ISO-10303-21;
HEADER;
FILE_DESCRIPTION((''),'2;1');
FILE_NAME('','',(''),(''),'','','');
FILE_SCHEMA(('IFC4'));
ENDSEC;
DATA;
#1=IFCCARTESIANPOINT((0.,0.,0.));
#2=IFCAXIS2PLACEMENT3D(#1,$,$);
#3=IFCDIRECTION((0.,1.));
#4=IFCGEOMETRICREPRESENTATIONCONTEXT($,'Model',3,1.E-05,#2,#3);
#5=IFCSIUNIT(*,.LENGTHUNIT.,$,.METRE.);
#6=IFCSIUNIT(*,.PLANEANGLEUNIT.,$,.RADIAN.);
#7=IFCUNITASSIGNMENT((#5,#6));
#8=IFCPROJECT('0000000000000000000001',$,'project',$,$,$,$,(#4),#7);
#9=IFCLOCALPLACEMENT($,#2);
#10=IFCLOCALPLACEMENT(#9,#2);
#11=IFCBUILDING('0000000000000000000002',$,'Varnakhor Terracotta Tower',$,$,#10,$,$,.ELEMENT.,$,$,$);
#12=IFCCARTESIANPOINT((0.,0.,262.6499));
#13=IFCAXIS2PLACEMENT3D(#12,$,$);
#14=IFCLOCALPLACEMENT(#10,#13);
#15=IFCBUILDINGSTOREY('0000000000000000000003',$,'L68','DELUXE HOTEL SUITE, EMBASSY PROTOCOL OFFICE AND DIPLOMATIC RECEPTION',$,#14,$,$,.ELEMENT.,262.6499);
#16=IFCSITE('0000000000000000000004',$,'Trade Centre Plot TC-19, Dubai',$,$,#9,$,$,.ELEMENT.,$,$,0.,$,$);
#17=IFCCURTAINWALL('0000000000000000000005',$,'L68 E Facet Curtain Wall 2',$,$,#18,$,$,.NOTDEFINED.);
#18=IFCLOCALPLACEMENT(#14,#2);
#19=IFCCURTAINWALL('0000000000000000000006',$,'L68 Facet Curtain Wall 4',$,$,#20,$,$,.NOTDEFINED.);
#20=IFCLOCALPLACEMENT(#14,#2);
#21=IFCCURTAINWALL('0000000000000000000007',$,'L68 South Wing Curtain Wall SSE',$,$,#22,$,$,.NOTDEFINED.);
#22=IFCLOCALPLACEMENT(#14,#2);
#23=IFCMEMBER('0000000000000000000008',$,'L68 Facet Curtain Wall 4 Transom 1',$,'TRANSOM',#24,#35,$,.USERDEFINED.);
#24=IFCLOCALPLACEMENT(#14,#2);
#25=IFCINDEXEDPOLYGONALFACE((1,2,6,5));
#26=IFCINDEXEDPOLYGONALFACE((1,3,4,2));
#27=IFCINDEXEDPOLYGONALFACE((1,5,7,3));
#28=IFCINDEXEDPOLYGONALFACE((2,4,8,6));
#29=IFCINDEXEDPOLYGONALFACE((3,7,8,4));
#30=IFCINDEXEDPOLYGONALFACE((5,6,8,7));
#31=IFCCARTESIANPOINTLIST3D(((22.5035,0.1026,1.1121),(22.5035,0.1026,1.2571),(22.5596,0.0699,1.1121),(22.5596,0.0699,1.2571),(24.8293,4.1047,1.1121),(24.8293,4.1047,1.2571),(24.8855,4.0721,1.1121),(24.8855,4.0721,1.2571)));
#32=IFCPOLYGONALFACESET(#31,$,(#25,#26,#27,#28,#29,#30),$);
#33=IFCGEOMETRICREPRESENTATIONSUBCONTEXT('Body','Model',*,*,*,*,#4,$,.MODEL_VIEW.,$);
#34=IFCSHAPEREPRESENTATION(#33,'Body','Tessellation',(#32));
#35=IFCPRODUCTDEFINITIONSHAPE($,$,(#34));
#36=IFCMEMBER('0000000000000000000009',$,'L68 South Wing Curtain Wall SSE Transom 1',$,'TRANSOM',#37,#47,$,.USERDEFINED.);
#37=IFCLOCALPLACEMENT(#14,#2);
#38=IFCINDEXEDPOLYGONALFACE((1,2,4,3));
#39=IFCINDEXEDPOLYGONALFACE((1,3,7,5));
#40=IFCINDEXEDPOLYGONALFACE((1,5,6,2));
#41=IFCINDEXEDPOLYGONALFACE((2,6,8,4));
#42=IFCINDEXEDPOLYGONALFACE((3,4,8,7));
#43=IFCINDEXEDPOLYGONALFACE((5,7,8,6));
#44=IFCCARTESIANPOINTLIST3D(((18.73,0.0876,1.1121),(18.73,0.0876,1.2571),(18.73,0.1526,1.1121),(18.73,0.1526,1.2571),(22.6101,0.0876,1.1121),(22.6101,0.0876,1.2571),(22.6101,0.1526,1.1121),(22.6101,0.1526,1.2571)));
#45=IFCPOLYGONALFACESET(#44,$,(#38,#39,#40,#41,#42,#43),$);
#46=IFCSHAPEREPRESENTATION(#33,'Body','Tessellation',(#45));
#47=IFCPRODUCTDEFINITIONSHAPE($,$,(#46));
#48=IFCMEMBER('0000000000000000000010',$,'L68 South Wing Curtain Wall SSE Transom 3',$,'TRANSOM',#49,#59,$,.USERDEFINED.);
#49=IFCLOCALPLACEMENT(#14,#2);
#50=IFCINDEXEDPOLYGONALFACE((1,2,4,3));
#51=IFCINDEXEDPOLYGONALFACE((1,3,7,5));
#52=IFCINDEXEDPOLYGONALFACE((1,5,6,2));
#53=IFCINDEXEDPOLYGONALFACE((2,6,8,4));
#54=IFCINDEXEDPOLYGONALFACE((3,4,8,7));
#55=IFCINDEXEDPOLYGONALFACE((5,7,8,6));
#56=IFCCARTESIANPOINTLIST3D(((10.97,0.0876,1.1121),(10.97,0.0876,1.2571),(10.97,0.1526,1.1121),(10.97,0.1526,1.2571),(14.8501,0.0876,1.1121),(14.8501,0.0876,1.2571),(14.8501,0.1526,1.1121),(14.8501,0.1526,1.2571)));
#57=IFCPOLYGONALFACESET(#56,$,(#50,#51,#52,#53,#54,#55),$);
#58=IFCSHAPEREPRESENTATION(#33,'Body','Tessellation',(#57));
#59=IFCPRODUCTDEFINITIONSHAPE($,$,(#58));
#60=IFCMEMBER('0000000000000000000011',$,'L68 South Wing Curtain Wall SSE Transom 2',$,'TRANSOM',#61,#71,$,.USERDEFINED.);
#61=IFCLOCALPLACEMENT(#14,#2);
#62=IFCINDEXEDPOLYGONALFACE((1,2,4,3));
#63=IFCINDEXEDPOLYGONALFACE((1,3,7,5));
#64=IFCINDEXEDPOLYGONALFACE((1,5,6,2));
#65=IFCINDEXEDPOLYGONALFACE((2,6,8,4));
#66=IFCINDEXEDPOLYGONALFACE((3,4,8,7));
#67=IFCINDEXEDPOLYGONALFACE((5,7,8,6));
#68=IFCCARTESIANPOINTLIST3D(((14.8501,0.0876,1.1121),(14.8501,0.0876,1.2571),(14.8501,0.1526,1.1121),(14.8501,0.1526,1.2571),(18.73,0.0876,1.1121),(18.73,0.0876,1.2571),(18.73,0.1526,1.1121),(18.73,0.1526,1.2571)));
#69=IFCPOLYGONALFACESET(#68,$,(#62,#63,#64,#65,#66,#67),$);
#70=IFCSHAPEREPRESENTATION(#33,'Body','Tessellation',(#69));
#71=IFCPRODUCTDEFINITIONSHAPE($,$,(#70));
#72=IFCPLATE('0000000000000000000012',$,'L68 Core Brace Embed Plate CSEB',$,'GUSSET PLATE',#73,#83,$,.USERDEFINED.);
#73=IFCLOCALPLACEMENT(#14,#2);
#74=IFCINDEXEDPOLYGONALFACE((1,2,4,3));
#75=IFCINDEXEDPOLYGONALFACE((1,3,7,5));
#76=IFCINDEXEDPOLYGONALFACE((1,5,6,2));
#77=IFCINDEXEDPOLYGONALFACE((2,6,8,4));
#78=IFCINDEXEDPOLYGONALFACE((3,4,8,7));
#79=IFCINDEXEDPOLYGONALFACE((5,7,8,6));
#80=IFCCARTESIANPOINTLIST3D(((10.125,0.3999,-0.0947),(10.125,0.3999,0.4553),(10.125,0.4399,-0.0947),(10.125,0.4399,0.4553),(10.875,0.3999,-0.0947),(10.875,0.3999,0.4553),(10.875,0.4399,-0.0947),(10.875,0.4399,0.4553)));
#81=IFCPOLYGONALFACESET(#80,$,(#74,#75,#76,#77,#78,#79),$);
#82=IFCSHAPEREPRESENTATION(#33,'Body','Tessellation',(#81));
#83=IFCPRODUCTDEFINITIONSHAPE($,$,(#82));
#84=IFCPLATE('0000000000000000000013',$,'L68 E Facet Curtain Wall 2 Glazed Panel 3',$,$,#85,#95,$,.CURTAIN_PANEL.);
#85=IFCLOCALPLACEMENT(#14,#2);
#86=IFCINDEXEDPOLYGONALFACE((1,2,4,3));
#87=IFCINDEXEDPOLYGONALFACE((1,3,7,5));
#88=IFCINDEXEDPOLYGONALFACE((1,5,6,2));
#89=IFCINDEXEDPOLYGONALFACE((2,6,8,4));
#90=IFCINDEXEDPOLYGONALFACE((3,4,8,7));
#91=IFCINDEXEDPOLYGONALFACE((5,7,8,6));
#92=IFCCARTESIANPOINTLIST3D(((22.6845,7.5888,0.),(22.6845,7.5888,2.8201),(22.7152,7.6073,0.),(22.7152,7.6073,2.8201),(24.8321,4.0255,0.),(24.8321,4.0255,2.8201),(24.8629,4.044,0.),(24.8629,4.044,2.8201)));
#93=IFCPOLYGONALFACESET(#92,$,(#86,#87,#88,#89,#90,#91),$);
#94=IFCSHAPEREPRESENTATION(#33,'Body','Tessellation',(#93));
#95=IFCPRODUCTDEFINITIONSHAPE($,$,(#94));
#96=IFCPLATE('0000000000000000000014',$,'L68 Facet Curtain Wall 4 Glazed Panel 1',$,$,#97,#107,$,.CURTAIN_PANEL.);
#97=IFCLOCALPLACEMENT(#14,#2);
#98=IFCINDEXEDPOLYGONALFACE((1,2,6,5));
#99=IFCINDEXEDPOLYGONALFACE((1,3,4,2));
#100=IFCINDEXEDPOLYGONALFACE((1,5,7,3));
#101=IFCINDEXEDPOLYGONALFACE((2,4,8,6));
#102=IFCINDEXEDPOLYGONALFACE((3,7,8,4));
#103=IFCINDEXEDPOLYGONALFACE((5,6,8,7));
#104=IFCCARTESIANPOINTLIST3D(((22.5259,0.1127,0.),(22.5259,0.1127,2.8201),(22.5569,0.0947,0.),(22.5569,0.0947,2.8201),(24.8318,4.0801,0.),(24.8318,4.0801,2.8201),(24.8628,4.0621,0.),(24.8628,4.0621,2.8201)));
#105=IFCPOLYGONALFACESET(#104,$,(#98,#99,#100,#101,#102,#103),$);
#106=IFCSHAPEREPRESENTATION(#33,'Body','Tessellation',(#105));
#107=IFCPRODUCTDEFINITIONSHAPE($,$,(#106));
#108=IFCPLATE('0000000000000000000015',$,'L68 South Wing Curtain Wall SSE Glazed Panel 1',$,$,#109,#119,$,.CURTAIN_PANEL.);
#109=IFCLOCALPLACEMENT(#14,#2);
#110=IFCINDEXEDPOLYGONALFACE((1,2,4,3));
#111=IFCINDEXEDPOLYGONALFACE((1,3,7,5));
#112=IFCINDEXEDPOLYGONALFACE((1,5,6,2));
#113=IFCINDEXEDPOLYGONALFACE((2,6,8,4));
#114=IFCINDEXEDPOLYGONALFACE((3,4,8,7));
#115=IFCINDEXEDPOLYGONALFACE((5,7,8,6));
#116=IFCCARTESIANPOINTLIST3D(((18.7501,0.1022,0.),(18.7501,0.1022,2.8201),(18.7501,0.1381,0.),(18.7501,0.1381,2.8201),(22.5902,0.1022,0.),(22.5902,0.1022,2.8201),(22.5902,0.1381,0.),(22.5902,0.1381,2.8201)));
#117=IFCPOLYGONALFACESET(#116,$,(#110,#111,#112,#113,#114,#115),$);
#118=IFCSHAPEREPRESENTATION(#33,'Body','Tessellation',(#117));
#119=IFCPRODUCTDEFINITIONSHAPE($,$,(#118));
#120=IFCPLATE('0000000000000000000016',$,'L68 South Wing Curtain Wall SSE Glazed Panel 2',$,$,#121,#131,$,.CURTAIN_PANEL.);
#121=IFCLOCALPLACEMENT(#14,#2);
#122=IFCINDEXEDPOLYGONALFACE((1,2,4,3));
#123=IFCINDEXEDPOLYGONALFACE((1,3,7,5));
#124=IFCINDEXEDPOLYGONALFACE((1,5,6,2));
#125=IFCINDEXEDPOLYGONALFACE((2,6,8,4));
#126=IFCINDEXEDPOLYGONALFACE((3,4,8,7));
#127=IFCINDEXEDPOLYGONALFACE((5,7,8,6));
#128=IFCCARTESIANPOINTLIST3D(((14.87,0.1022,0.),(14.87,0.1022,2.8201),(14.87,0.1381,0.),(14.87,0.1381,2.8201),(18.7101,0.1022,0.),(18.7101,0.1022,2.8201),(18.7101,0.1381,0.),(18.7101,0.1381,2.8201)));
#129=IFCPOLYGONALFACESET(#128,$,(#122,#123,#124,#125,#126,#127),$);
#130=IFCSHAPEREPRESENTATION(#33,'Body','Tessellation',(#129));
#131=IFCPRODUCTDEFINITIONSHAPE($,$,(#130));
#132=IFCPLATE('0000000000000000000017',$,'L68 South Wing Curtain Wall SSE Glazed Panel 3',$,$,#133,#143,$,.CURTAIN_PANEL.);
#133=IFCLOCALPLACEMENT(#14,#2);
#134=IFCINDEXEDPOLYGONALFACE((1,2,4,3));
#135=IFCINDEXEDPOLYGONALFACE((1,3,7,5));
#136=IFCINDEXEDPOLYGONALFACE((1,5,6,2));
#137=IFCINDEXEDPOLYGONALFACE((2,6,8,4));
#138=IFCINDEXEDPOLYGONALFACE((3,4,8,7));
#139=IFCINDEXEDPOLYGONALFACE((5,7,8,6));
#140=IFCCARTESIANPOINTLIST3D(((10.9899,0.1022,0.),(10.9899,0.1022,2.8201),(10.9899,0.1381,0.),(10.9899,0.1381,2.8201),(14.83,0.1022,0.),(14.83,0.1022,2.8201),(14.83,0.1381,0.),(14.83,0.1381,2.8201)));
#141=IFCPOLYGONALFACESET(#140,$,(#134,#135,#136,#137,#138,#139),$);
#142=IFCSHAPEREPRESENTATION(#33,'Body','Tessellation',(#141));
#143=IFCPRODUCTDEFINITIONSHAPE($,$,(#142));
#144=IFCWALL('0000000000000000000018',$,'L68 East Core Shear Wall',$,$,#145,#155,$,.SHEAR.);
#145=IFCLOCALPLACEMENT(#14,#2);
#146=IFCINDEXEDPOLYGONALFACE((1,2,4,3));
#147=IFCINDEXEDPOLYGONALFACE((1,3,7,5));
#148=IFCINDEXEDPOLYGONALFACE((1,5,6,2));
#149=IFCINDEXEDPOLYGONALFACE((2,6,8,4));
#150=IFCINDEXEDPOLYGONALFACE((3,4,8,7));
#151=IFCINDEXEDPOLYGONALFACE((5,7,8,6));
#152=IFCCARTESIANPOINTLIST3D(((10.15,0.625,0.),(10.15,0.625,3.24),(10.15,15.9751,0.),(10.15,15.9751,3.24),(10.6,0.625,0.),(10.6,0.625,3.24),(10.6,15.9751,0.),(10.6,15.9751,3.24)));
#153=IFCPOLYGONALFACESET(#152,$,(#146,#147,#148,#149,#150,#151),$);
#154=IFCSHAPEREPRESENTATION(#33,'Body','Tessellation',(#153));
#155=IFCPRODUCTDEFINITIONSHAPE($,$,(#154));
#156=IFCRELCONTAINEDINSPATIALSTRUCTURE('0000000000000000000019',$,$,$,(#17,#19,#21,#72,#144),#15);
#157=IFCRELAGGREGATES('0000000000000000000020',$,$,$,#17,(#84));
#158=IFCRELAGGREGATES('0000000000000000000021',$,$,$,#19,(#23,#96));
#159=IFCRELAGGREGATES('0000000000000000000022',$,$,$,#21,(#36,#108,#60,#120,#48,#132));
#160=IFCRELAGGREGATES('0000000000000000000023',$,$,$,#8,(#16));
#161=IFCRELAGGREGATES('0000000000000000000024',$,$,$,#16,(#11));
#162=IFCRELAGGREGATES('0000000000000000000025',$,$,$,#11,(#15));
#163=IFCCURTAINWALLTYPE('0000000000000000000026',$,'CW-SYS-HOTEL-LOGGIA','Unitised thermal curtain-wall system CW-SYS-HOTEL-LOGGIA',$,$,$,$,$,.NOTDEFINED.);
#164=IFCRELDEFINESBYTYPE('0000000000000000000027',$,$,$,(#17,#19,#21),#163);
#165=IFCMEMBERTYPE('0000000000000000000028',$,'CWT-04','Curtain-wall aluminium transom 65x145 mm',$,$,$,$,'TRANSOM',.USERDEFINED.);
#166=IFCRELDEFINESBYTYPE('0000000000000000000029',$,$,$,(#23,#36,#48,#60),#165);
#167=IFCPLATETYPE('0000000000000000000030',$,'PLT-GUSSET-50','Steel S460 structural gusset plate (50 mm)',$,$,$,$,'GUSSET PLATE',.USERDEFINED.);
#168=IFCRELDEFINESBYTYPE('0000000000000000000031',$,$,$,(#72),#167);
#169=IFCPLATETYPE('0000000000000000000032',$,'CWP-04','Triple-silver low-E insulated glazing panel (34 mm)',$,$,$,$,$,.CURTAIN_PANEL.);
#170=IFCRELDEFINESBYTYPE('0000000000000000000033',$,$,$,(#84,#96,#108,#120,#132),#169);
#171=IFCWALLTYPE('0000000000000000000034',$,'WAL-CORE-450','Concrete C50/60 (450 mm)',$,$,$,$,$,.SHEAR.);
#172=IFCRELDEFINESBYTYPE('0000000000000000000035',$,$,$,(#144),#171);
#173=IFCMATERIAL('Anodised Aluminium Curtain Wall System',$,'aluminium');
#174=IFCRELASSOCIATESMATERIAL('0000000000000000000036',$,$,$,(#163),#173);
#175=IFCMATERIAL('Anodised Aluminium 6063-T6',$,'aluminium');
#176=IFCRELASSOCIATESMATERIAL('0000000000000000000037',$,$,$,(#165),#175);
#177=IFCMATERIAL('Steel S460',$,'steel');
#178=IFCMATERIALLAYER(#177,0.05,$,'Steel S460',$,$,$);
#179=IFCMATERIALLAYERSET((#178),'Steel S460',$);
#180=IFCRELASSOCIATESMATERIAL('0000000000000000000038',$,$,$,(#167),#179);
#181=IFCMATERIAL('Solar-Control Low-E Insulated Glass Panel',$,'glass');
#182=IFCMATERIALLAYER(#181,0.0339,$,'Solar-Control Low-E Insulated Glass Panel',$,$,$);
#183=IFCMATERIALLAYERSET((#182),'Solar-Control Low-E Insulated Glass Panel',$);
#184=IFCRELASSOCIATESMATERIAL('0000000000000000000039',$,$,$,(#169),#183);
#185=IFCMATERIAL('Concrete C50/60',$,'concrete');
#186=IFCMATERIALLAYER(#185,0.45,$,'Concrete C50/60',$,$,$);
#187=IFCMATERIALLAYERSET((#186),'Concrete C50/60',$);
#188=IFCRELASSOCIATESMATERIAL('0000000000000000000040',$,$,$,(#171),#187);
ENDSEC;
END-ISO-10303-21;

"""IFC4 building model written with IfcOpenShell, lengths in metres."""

from ifc_helpers import new_model, si_unit, direction, frame, frame_2d, origin, origin_2d, place, context, subcontext, project, spatial, rectangle, extrude, source, transform, mapped, material, layer, layer_set, material_profile, profile_set, type_object, type_shapes, element, aggregate, save


model = new_model("IFC4")

# Units and contexts
model_context = context("Model", 3, precision=1e-05, world=origin(), true_north=direction((0.0, 1.0)))
body_context = subcontext(model_context, "Body", "Model", "MODEL_VIEW")
ifc_project = project(units=[si_unit("LENGTHUNIT", "METRE"), si_unit("PLANEANGLEUNIT", "RADIAN")], contexts=[model_context])

# Site, building, storey
site_placement = place(None, origin())
site = spatial("IfcSite", under=ifc_project, at=site_placement, Name="Trade Centre Plot TC-19, Dubai", CompositionType="ELEMENT", RefElevation=0.0)
building_placement = place(site_placement, origin())
building = spatial("IfcBuilding", under=site, at=building_placement, Name="Varnakhor Terracotta Tower", CompositionType="ELEMENT")
storey_placement = place(building_placement, frame((0.0, 0.0, 262.6499)))
storey = spatial("IfcBuildingStorey", under=building, at=storey_placement, Name="L68", Description="DELUXE HOTEL SUITE, EMBASSY PROTOCOL OFFICE AND DIPLOMATIC RECEPTION", CompositionType="ELEMENT", Elevation=262.6499)

# Shared definitions
ifc_material_1 = material(Name="Concrete C50/60", Category="concrete")

# Curtain walls
ifc_material_2 = material(Name="Anodised Aluminium Curtain Wall System", Category="aluminium")
curtain_wall_type = type_object("IfcCurtainWallType", Name="CW-SYS-HOTEL-LOGGIA", Description="Unitised thermal curtain-wall system CW-SYS-HOTEL-LOGGIA", PredefinedType="NOTDEFINED", material=ifc_material_2)
curtain_wall_1_placement = place(storey_placement, origin())
curtain_wall_1 = element("IfcCurtainWall", 1, at=curtain_wall_1_placement, inside=storey, type_object=curtain_wall_type, Name="L68 E Facet Curtain Wall 2", PredefinedType="NOTDEFINED")
ifc_material_3 = material(Name="Anodised Aluminium 6063-T6", Category="aluminium")
curtain_wall_2_placement = place(storey_placement, origin())
curtain_wall_2 = element("IfcCurtainWall", 2, at=curtain_wall_2_placement, inside=storey, type_object=curtain_wall_type, Name="L68 Facet Curtain Wall 4", PredefinedType="NOTDEFINED")

# Curtain wall
curtain_wall_3_placement = place(storey_placement, origin())
curtain_wall_3 = element("IfcCurtainWall", 3, at=curtain_wall_3_placement, inside=storey, type_object=curtain_wall_type, Name="L68 South Wing Curtain Wall SSE", PredefinedType="NOTDEFINED")

# Members
ifc_material_profile_1 = material_profile(ifc_material_3, rectangle(XDim=0.0649, YDim=0.145, at=origin_2d()), Name="ALU TRANSOM 65x145")
ifc_profile_set_1 = profile_set([ifc_material_profile_1], Name="Anodised Aluminium 6063-T6")
member_type_1 = type_object("IfcMemberType", Name="CWT-04", Description="Curtain-wall aluminium transom 65x145 mm", ElementType="TRANSOM", PredefinedType="USERDEFINED", material=ifc_profile_set_1)
shared_shape_1 = source(origin(), body_context, "Body", "SweptSolid", [
    extrude(rectangle(XDim=0.0649, YDim=0.145, at=origin_2d()), origin(), (0.0, 0.0, 1.0), 4.6289),
])
member_1_placement = place(storey_placement, frame((24.8574, 4.0884, 1.1846), z_axis=(-0.50247, -0.864595, 0.0), x_axis=(0.864595, -0.50247, 0.0)))
member_1 = element("IfcMember", 4, at=member_1_placement, type_object=member_type_1, Name="L68 Facet Curtain Wall 4 Transom 1", ObjectType="TRANSOM", PredefinedType="USERDEFINED", context=body_context, shape_type="MappedRepresentation", body=[
    mapped(shared_shape_1, transform((0.0, 0.0, 0.0), scale=1.0)),
])
shared_shape_2 = source(origin(), body_context, "Body", "SweptSolid", [
    extrude(rectangle(XDim=0.0649, YDim=0.145, at=origin_2d()), origin(), (0.0, 0.0, 1.0), 3.8801),
])
member_2_placement = place(storey_placement, frame((22.6101, 0.1201, 1.1846), z_axis=(-1.0, 0.0, 0.0), x_axis=(0.0, -1.0, 0.0)))
member_2 = element("IfcMember", 5, at=member_2_placement, type_object=member_type_1, Name="L68 South Wing Curtain Wall SSE Transom 1", ObjectType="TRANSOM", PredefinedType="USERDEFINED", context=body_context, shape_type="MappedRepresentation", body=[
    mapped(shared_shape_2, transform((0.0, 0.0, 0.0), scale=1.0)),
])
member_3_placement = place(storey_placement, frame((14.8501, 0.1201, 1.1846), z_axis=(-1.0, 0.0, 0.0), x_axis=(0.0, -1.0, 0.0)))
member_3 = element("IfcMember", 6, at=member_3_placement, type_object=member_type_1, Name="L68 South Wing Curtain Wall SSE Transom 3", ObjectType="TRANSOM", PredefinedType="USERDEFINED", context=body_context, shape_type="MappedRepresentation", body=[
    mapped(shared_shape_2, transform((0.0, 0.0, 0.0), scale=1.0)),
])
shared_shape_3 = source(origin(), body_context, "Body", "SweptSolid", [
    extrude(rectangle(XDim=0.0649, YDim=0.145, at=origin_2d()), origin(), (0.0, 0.0, 1.0), 3.8799),
])
member_4_placement = place(storey_placement, frame((18.73, 0.1201, 1.1846), z_axis=(-1.0, 0.0, 0.0), x_axis=(0.0, -1.0, 0.0)))
member_4 = element("IfcMember", 7, at=member_4_placement, type_object=member_type_1, Name="L68 South Wing Curtain Wall SSE Transom 2", ObjectType="TRANSOM", PredefinedType="USERDEFINED", context=body_context, shape_type="MappedRepresentation", body=[
    mapped(shared_shape_3, transform((0.0, 0.0, 0.0), scale=1.0)),
])

# Plates
ifc_material_4 = material(Name="Steel S460", Category="steel")
ifc_layer_1 = layer(ifc_material_4, 0.05, Name="Steel S460")
ifc_layer_set_1 = layer_set([ifc_layer_1], Name="Steel S460")
plate_type_1 = type_object("IfcPlateType", Name="PLT-GUSSET-50", Description="Steel S460 structural gusset plate (50 mm)", ElementType="GUSSET PLATE", PredefinedType="USERDEFINED", material=ifc_layer_set_1)
shared_shape_4 = source(origin(), body_context, "Body", "SweptSolid", [
    extrude(rectangle(XDim=0.75, YDim=0.04, at=origin_2d()), origin(), (0.0, 0.0, 1.0), 0.55),
])
type_shapes(plate_type_1, [shared_shape_4])
plate_1_placement = place(storey_placement, frame((10.5, 0.4199, -0.0947), z_axis=(0.0, 0.0, 1.0), x_axis=(1.0, 0.0, 0.0)))
element("IfcPlate", 8, at=plate_1_placement, inside=storey, type_object=plate_type_1, Name="L68 Core Brace Embed Plate CSEB", ObjectType="GUSSET PLATE", PredefinedType="USERDEFINED", context=body_context, shape_type="MappedRepresentation", body=[
    mapped(shared_shape_4, transform((0.0, 0.0, 0.0), scale=1.0)),
])
ifc_material_5 = material(Name="Solar-Control Low-E Insulated Glass Panel", Category="glass")
ifc_layer_2 = layer(ifc_material_5, 0.0339, Name="Solar-Control Low-E Insulated Glass Panel")
ifc_layer_set_2 = layer_set([ifc_layer_2], Name="Solar-Control Low-E Insulated Glass Panel")
plate_type_2 = type_object("IfcPlateType", Name="CWP-04", Description="Triple-silver low-E insulated glazing panel (34 mm)", PredefinedType="CURTAIN_PANEL", material=ifc_layer_set_2)
shared_shape_5 = source(origin(), body_context, "Body", "SweptSolid", [
    extrude(rectangle(XDim=4.1604, YDim=0.0359, at=origin_2d()), origin(), (0.0, 0.0, 1.0), 2.8201),
])
plate_2_placement = place(storey_placement, frame((23.7737, 5.8164, 0.0), z_axis=(0.0, 0.0, 1.0), x_axis=(0.516205, -0.856465, 0.0)))
plate_2 = element("IfcPlate", 9, at=plate_2_placement, type_object=plate_type_2, Name="L68 E Facet Curtain Wall 2 Glazed Panel 3", PredefinedType="CURTAIN_PANEL", context=body_context, shape_type="MappedRepresentation", body=[
    mapped(shared_shape_5, transform((0.0, 0.0, 0.0), scale=1.0)),
])
aggregate(curtain_wall_1, [plate_2])
shared_shape_6 = source(origin(), body_context, "Body", "SweptSolid", [
    extrude(rectangle(XDim=4.5889, YDim=0.0359, at=origin_2d()), origin(), (0.0, 0.0, 1.0), 2.8201),
])
plate_3_placement = place(storey_placement, frame((23.6943, 2.0874, 0.0), z_axis=(0.0, 0.0, 1.0), x_axis=(-0.502492, -0.864582, 0.0)))
plate_3 = element("IfcPlate", 10, at=plate_3_placement, type_object=plate_type_2, Name="L68 Facet Curtain Wall 4 Glazed Panel 1", PredefinedType="CURTAIN_PANEL", context=body_context, shape_type="MappedRepresentation", body=[
    mapped(shared_shape_6, transform((0.0, 0.0, 0.0), scale=1.0)),
])
aggregate(curtain_wall_2, [member_1, plate_3])
shared_shape_7 = source(origin(), body_context, "Body", "SweptSolid", [
    extrude(rectangle(XDim=3.8401, YDim=0.0359, at=origin_2d()), origin(), (0.0, 0.0, 1.0), 2.8201),
])
plate_4_placement = place(storey_placement, frame((20.6702, 0.1201, 0.0), z_axis=(0.0, 0.0, 1.0), x_axis=(-1.0, 0.0, 0.0)))
plate_4 = element("IfcPlate", 11, at=plate_4_placement, type_object=plate_type_2, Name="L68 South Wing Curtain Wall SSE Glazed Panel 1", PredefinedType="CURTAIN_PANEL", context=body_context, shape_type="MappedRepresentation", body=[
    mapped(shared_shape_7, transform((0.0, 0.0, 0.0), scale=1.0)),
])
plate_5_placement = place(storey_placement, frame((16.79, 0.1201, 0.0), z_axis=(0.0, 0.0, 1.0), x_axis=(-1.0, 0.0, 0.0)))
plate_5 = element("IfcPlate", 12, at=plate_5_placement, type_object=plate_type_2, Name="L68 South Wing Curtain Wall SSE Glazed Panel 2", PredefinedType="CURTAIN_PANEL", context=body_context, shape_type="MappedRepresentation", body=[
    mapped(shared_shape_7, transform((0.0, 0.0, 0.0), scale=1.0)),
])
plate_6_placement = place(storey_placement, frame((12.9099, 0.1201, 0.0), z_axis=(0.0, 0.0, 1.0), x_axis=(-1.0, 0.0, 0.0)))
plate_6 = element("IfcPlate", 13, at=plate_6_placement, type_object=plate_type_2, Name="L68 South Wing Curtain Wall SSE Glazed Panel 3", PredefinedType="CURTAIN_PANEL", context=body_context, shape_type="MappedRepresentation", body=[
    mapped(shared_shape_7, transform((0.0, 0.0, 0.0), scale=1.0)),
])
aggregate(curtain_wall_3, [member_2, plate_4, member_4, plate_5, member_3, plate_6])

# Wall
ifc_layer_3 = layer(ifc_material_1, 0.45, Name="Concrete C50/60")
ifc_layer_set_3 = layer_set([ifc_layer_3], Name="Concrete C50/60")
wall_type_1 = type_object("IfcWallType", Name="WAL-CORE-450", Description="Concrete C50/60 (450 mm)", PredefinedType="SHEAR", material=ifc_layer_set_3)
wall_1_placement = place(storey_placement, frame((10.375, 0.625, 0.0), z_axis=(0.0, 0.0, 1.0), x_axis=(0.0, 1.0, 0.0)))
element("IfcWall", 14, at=wall_1_placement, inside=storey, type_object=wall_type_1, Name="L68 East Core Shear Wall", PredefinedType="SHEAR", context=body_context, shape_type="SweptSolid", body=[
    extrude(rectangle(XDim=15.3501, YDim=0.45, at=frame_2d((7.675, 0.0))), origin(), (0.0, 0.0, 1.0), 3.24),
])

save(model, "model.ifc")
